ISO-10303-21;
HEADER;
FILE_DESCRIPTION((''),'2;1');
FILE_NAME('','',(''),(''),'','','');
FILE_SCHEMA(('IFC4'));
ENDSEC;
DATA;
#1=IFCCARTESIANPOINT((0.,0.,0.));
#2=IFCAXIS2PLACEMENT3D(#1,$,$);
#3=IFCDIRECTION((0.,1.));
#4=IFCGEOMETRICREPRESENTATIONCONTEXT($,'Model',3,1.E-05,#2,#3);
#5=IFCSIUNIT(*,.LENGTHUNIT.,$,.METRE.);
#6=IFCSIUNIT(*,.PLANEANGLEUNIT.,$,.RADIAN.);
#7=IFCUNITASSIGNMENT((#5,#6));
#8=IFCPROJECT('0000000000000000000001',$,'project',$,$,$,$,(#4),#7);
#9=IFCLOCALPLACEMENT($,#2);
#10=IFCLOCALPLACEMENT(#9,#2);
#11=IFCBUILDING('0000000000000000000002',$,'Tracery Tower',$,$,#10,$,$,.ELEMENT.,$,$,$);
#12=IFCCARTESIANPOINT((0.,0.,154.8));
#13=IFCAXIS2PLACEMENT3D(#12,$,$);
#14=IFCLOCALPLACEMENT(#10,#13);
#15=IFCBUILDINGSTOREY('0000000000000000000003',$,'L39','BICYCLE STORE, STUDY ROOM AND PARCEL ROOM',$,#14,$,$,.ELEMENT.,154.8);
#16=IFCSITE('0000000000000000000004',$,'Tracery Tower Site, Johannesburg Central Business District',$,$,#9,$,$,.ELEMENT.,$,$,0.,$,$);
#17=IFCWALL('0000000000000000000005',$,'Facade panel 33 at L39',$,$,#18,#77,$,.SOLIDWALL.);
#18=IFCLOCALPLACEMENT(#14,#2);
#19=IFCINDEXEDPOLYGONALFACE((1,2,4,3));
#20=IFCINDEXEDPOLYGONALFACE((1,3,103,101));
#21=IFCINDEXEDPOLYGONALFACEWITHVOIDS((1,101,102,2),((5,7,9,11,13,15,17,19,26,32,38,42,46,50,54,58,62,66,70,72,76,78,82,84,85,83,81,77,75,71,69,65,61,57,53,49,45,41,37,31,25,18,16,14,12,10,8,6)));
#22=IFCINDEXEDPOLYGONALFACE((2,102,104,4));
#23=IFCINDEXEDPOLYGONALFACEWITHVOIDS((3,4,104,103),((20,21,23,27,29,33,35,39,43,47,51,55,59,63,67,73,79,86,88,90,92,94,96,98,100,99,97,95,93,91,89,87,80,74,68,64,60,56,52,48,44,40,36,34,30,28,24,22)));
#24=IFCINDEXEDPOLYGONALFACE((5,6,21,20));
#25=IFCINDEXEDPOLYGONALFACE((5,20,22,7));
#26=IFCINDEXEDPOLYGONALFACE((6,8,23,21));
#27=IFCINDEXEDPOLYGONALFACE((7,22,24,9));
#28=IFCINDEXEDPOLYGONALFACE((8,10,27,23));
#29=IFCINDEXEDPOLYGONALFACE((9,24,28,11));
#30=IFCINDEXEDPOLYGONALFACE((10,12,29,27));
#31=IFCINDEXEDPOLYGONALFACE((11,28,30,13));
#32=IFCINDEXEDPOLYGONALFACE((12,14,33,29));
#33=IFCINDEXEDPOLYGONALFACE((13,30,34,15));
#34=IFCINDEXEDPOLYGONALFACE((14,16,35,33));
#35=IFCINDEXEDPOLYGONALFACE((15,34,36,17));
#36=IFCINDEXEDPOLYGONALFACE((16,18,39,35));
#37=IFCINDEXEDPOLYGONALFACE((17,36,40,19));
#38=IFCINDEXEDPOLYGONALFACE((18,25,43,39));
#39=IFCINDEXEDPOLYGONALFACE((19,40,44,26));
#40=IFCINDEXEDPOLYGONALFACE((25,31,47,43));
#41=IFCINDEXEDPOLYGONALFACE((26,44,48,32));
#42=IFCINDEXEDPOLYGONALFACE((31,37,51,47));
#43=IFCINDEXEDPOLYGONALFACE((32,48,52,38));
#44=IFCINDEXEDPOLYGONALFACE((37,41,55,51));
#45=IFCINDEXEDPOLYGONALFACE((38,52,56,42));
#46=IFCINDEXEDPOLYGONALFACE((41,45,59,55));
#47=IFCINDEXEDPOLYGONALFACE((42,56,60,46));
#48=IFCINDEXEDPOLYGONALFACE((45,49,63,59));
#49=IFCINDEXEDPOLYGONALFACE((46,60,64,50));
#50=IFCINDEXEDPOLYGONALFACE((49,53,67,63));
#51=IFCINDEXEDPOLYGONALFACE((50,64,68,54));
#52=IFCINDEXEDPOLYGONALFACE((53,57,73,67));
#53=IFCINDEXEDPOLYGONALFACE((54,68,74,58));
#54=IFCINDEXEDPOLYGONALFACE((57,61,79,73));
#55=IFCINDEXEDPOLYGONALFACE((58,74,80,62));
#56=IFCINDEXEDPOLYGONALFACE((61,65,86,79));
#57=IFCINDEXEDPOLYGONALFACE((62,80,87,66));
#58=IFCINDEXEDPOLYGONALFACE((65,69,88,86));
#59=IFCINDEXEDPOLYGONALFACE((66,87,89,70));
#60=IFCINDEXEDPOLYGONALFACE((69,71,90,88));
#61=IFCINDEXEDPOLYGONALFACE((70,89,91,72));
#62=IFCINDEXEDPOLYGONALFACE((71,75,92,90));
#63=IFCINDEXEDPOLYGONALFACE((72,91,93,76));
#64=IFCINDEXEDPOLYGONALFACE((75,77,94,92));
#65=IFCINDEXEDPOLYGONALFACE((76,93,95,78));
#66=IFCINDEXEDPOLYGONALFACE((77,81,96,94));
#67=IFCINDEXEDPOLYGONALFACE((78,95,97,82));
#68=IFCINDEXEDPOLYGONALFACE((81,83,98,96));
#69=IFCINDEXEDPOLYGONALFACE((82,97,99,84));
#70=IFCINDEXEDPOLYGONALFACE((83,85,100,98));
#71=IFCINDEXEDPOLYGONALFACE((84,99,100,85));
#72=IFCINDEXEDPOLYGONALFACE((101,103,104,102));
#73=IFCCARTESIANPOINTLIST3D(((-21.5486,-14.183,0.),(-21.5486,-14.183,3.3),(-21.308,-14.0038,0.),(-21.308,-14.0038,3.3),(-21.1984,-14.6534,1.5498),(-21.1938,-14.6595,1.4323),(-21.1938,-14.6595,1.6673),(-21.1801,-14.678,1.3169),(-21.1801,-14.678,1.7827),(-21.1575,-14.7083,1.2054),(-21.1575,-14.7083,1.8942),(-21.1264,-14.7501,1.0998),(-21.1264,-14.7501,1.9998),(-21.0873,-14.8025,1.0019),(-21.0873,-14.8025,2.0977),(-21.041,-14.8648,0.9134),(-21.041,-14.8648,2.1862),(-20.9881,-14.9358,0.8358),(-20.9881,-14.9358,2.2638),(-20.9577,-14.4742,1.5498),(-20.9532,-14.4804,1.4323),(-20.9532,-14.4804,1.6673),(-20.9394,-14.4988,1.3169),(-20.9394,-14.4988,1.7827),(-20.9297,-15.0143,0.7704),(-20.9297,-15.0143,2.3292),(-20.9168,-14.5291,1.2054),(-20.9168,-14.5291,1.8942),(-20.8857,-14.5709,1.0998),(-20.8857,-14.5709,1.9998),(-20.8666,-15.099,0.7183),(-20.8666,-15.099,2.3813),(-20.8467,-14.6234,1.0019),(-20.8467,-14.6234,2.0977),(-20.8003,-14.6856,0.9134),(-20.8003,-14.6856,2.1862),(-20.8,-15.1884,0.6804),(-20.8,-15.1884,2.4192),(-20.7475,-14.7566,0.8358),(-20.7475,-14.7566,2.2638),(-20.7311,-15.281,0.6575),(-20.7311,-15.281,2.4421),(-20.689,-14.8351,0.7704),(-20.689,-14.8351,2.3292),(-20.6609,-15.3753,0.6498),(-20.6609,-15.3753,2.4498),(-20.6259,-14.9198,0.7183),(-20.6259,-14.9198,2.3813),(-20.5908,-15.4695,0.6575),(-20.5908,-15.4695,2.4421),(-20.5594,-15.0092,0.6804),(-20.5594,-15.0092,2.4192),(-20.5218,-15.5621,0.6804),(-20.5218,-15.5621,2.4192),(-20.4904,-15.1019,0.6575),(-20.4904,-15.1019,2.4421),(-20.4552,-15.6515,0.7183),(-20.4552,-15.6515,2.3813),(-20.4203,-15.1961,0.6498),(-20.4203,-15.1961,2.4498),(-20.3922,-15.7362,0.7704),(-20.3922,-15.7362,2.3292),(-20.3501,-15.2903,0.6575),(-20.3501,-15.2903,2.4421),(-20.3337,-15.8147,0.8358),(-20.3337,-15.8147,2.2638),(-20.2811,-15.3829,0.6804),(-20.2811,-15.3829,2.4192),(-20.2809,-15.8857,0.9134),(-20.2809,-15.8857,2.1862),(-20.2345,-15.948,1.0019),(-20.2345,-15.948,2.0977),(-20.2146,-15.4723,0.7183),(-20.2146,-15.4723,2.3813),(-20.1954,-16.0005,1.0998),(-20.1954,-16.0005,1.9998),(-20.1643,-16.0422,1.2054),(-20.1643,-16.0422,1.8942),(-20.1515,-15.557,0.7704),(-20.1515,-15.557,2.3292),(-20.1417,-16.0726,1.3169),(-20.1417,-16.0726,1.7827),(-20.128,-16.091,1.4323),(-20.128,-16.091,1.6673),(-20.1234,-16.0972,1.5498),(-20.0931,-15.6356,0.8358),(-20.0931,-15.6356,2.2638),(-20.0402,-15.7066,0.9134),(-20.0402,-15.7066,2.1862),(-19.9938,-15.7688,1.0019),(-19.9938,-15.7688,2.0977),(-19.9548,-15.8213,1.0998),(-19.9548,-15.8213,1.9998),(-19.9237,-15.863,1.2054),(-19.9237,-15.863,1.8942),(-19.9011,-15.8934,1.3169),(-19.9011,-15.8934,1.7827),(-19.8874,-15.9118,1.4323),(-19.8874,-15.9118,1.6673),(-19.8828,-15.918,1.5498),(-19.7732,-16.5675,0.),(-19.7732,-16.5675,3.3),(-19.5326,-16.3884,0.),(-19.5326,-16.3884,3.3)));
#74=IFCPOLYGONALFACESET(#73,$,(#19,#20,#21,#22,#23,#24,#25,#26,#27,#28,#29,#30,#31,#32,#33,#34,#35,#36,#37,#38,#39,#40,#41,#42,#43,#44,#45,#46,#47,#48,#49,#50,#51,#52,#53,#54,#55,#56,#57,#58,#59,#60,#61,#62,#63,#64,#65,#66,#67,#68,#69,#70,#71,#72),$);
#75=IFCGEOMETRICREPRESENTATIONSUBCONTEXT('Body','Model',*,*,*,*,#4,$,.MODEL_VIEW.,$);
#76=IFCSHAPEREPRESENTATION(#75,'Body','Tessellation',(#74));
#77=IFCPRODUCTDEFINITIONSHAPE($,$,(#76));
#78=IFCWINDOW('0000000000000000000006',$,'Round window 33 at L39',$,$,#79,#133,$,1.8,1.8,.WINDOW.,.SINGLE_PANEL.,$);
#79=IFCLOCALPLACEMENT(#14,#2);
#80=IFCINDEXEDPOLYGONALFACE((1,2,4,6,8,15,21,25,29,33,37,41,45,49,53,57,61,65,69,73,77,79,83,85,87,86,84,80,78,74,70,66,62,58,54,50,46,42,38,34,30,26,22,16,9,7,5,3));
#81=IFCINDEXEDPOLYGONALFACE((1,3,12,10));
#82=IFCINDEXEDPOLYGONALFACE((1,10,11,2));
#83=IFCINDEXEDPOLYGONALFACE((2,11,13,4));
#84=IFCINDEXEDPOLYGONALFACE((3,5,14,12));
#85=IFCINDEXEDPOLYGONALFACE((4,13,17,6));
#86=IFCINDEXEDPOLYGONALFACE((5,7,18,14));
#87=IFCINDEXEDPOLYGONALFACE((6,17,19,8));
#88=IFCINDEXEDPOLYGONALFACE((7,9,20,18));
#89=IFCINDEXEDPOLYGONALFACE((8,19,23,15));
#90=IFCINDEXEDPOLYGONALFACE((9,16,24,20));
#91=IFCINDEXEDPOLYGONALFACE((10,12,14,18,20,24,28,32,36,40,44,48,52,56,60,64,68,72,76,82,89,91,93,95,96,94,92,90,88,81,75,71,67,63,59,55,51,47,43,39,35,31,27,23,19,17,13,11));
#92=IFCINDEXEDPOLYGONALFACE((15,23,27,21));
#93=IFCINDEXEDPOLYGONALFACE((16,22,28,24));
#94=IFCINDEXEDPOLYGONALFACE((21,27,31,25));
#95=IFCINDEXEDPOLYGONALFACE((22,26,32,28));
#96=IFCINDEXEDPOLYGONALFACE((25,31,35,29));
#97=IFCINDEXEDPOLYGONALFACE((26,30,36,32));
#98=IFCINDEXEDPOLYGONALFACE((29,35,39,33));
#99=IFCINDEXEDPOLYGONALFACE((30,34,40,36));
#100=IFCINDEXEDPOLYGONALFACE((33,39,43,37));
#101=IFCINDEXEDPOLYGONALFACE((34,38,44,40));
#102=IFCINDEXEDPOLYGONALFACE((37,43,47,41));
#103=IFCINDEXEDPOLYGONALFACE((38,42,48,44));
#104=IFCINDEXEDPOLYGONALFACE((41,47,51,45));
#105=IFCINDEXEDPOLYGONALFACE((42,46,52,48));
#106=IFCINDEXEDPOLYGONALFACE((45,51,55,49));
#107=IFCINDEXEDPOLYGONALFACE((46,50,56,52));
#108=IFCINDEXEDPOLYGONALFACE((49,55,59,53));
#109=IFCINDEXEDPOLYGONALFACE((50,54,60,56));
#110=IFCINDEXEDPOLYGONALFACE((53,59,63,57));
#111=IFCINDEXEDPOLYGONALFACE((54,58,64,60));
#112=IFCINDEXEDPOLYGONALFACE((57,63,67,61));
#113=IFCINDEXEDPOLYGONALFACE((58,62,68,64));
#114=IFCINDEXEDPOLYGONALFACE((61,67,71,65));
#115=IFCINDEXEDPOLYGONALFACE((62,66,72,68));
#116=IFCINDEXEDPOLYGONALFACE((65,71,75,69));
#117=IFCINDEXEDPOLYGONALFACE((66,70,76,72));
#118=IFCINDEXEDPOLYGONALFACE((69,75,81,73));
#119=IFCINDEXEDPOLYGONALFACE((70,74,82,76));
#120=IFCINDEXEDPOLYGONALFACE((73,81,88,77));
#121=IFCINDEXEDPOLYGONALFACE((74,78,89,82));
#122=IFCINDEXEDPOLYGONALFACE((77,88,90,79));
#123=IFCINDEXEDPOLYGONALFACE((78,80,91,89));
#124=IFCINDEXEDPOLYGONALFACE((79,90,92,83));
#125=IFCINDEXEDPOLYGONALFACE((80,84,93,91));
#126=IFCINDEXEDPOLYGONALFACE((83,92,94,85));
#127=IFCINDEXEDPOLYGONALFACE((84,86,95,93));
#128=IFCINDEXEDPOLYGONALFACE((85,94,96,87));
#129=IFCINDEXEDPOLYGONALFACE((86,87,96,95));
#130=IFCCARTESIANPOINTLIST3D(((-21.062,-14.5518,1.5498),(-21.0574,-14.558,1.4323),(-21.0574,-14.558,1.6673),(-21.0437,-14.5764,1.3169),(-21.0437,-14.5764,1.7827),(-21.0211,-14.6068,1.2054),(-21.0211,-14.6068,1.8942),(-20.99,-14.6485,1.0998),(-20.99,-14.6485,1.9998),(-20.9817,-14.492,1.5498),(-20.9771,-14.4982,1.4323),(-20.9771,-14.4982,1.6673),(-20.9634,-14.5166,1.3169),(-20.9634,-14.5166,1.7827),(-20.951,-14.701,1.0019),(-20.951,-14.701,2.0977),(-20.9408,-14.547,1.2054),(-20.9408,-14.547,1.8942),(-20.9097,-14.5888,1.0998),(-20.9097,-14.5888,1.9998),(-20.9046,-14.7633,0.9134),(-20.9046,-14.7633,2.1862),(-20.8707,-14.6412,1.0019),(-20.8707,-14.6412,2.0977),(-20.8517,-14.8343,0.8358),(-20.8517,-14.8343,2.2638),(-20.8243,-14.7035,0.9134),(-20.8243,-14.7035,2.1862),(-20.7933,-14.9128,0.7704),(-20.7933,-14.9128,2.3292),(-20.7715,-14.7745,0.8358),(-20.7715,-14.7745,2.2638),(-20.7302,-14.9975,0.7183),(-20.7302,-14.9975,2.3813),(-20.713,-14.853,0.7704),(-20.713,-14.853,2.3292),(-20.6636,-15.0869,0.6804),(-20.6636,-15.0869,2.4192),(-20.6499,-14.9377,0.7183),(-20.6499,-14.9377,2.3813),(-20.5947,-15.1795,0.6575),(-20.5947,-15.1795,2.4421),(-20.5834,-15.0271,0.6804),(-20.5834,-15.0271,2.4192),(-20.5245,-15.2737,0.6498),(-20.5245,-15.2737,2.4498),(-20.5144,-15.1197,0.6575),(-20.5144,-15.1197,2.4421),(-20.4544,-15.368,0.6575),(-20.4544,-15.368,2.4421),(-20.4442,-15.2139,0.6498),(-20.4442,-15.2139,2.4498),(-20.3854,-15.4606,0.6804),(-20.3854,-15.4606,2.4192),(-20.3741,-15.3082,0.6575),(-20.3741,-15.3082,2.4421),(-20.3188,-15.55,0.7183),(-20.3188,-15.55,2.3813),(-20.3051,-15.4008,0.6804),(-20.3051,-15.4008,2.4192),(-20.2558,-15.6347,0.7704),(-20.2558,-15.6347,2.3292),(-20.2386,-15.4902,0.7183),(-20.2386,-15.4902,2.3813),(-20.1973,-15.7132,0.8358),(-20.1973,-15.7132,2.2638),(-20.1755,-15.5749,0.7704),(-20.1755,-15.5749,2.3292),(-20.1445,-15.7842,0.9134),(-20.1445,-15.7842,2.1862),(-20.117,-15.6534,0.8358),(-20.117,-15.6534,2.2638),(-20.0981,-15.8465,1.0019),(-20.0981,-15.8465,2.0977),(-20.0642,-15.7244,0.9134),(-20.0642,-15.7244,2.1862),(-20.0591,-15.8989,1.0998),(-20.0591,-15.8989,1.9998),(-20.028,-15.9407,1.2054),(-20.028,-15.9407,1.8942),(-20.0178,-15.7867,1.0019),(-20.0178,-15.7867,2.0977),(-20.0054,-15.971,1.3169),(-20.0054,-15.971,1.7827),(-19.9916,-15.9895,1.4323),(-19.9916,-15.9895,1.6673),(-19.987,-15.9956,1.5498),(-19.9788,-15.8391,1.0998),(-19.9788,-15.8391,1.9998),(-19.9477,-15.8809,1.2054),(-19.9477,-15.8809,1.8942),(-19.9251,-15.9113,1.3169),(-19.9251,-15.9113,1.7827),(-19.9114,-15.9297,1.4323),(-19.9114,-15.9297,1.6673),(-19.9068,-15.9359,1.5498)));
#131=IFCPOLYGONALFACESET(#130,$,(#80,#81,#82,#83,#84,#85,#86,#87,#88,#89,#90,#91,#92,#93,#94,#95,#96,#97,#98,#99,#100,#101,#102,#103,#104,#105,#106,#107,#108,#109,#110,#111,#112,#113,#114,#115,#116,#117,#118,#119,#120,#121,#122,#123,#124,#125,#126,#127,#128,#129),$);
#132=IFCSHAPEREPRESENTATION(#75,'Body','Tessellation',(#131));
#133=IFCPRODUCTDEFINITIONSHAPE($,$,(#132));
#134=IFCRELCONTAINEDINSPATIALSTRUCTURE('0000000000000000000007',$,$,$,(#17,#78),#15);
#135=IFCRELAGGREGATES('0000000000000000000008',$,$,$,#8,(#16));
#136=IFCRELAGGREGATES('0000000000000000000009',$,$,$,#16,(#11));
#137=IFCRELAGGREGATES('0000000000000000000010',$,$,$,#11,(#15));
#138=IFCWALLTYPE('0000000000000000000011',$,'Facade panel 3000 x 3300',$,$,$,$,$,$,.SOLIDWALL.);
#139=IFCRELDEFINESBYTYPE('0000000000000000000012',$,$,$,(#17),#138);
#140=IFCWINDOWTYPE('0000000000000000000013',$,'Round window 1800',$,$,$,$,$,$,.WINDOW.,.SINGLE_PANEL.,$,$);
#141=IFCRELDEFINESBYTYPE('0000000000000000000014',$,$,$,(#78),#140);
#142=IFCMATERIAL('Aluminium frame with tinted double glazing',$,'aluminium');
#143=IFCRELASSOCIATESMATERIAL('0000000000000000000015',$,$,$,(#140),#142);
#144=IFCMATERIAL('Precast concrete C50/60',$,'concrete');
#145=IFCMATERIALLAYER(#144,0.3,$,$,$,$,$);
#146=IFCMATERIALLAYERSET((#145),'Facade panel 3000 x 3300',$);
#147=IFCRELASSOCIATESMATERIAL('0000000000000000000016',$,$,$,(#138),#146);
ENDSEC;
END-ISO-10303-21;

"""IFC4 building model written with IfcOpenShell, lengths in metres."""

from ifc_helpers import new_model, si_unit, direction, frame, frame_2d, origin, origin_2d, place, context, subcontext, project, spatial, rectangle, circle, extrude, material, layer, layer_set, type_object, element, fill, save


model = new_model("IFC4")

# Units and contexts
model_context = context("Model", 3, precision=1e-05, world=origin(), true_north=direction((0.0, 1.0)))
body_context = subcontext(model_context, "Body", "Model", "MODEL_VIEW")
ifc_project = project(units=[si_unit("LENGTHUNIT", "METRE"), si_unit("PLANEANGLEUNIT", "RADIAN")], contexts=[model_context])

# Site, building, storey
site_placement = place(None, origin())
site = spatial("IfcSite", under=ifc_project, at=site_placement, Name="Tracery Tower Site, Johannesburg Central Business District", CompositionType="ELEMENT", RefElevation=0.0)
building_placement = place(site_placement, origin())
building = spatial("IfcBuilding", under=site, at=building_placement, Name="Tracery Tower", CompositionType="ELEMENT")
storey_placement = place(building_placement, frame((0.0, 0.0, 154.8)))
storey = spatial("IfcBuildingStorey", under=building, at=storey_placement, Name="L39", Description="BICYCLE STORE, STUDY ROOM AND PARCEL ROOM", CompositionType="ELEMENT", Elevation=154.8)

# Wall, opening, window
ifc_material_1 = material(Name="Aluminium frame with tinted double glazing", Category="aluminium")
window_type = type_object("IfcWindowType", Name="Round window 1800", PartitioningType="SINGLE_PANEL", PredefinedType="WINDOW", material=ifc_material_1)
ifc_material_2 = material(Name="Precast concrete C50/60", Category="concrete")
ifc_layer_1 = layer(ifc_material_2, 0.3)
ifc_layer_set_1 = layer_set([ifc_layer_1], Name="Facade panel 3000 x 3300")
wall_type_1 = type_object("IfcWallType", Name="Facade panel 3000 x 3300", PredefinedType="SOLIDWALL", material=ifc_layer_set_1)
wall_1_placement = place(storey_placement, frame((-21.4282, -14.0935, 0.0), z_axis=(0.0, 0.0, 1.0), x_axis=(0.597198, -0.802094, 0.0)))
wall_1 = element("IfcWall", 1, at=wall_1_placement, inside=storey, type_object=wall_type_1, Name="Facade panel 33 at L39", PredefinedType="SOLIDWALL", context=body_context, shape_type="SweptSolid", body=[
    extrude(rectangle(XDim=2.9729, YDim=0.3, at=frame_2d((1.4863, 0.0))), origin(), (0.0, 0.0, 1.0), 3.3),
])
opening_1_placement = place(wall_1_placement, frame((1.4863, 0.0, 1.5498)))
opening_1 = element("IfcOpeningElement", 2, at=opening_1_placement, cuts=wall_1, PredefinedType="OPENING", context=body_context, shape_type="SweptSolid", body=[
    extrude(circle(Radius=0.9, at=origin_2d()), frame((0.0, 0.1599, 0.0), z_axis=(0.0, -1.0, 0.0), x_axis=(1.0, 0.0, 0.0)), (0.0, 0.0, 1.0), 0.3201),
])
window_1_placement = place(opening_1_placement, origin())
window_1 = element("IfcWindow", 3, at=window_1_placement, inside=storey, type_object=window_type, Name="Round window 33 at L39", OverallHeight=1.8, OverallWidth=1.8, PartitioningType="SINGLE_PANEL", PredefinedType="WINDOW", context=body_context, shape_type="SweptSolid", body=[
    extrude(circle(Radius=0.9, at=origin_2d()), frame((0.0, 0.1201, 0.0), z_axis=(0.0, -1.0, 0.0), x_axis=(1.0, 0.0, 0.0)), (0.0, 0.0, 1.0), 0.1001),
])
fill(opening_1, window_1)

save(model, "model.ifc")
